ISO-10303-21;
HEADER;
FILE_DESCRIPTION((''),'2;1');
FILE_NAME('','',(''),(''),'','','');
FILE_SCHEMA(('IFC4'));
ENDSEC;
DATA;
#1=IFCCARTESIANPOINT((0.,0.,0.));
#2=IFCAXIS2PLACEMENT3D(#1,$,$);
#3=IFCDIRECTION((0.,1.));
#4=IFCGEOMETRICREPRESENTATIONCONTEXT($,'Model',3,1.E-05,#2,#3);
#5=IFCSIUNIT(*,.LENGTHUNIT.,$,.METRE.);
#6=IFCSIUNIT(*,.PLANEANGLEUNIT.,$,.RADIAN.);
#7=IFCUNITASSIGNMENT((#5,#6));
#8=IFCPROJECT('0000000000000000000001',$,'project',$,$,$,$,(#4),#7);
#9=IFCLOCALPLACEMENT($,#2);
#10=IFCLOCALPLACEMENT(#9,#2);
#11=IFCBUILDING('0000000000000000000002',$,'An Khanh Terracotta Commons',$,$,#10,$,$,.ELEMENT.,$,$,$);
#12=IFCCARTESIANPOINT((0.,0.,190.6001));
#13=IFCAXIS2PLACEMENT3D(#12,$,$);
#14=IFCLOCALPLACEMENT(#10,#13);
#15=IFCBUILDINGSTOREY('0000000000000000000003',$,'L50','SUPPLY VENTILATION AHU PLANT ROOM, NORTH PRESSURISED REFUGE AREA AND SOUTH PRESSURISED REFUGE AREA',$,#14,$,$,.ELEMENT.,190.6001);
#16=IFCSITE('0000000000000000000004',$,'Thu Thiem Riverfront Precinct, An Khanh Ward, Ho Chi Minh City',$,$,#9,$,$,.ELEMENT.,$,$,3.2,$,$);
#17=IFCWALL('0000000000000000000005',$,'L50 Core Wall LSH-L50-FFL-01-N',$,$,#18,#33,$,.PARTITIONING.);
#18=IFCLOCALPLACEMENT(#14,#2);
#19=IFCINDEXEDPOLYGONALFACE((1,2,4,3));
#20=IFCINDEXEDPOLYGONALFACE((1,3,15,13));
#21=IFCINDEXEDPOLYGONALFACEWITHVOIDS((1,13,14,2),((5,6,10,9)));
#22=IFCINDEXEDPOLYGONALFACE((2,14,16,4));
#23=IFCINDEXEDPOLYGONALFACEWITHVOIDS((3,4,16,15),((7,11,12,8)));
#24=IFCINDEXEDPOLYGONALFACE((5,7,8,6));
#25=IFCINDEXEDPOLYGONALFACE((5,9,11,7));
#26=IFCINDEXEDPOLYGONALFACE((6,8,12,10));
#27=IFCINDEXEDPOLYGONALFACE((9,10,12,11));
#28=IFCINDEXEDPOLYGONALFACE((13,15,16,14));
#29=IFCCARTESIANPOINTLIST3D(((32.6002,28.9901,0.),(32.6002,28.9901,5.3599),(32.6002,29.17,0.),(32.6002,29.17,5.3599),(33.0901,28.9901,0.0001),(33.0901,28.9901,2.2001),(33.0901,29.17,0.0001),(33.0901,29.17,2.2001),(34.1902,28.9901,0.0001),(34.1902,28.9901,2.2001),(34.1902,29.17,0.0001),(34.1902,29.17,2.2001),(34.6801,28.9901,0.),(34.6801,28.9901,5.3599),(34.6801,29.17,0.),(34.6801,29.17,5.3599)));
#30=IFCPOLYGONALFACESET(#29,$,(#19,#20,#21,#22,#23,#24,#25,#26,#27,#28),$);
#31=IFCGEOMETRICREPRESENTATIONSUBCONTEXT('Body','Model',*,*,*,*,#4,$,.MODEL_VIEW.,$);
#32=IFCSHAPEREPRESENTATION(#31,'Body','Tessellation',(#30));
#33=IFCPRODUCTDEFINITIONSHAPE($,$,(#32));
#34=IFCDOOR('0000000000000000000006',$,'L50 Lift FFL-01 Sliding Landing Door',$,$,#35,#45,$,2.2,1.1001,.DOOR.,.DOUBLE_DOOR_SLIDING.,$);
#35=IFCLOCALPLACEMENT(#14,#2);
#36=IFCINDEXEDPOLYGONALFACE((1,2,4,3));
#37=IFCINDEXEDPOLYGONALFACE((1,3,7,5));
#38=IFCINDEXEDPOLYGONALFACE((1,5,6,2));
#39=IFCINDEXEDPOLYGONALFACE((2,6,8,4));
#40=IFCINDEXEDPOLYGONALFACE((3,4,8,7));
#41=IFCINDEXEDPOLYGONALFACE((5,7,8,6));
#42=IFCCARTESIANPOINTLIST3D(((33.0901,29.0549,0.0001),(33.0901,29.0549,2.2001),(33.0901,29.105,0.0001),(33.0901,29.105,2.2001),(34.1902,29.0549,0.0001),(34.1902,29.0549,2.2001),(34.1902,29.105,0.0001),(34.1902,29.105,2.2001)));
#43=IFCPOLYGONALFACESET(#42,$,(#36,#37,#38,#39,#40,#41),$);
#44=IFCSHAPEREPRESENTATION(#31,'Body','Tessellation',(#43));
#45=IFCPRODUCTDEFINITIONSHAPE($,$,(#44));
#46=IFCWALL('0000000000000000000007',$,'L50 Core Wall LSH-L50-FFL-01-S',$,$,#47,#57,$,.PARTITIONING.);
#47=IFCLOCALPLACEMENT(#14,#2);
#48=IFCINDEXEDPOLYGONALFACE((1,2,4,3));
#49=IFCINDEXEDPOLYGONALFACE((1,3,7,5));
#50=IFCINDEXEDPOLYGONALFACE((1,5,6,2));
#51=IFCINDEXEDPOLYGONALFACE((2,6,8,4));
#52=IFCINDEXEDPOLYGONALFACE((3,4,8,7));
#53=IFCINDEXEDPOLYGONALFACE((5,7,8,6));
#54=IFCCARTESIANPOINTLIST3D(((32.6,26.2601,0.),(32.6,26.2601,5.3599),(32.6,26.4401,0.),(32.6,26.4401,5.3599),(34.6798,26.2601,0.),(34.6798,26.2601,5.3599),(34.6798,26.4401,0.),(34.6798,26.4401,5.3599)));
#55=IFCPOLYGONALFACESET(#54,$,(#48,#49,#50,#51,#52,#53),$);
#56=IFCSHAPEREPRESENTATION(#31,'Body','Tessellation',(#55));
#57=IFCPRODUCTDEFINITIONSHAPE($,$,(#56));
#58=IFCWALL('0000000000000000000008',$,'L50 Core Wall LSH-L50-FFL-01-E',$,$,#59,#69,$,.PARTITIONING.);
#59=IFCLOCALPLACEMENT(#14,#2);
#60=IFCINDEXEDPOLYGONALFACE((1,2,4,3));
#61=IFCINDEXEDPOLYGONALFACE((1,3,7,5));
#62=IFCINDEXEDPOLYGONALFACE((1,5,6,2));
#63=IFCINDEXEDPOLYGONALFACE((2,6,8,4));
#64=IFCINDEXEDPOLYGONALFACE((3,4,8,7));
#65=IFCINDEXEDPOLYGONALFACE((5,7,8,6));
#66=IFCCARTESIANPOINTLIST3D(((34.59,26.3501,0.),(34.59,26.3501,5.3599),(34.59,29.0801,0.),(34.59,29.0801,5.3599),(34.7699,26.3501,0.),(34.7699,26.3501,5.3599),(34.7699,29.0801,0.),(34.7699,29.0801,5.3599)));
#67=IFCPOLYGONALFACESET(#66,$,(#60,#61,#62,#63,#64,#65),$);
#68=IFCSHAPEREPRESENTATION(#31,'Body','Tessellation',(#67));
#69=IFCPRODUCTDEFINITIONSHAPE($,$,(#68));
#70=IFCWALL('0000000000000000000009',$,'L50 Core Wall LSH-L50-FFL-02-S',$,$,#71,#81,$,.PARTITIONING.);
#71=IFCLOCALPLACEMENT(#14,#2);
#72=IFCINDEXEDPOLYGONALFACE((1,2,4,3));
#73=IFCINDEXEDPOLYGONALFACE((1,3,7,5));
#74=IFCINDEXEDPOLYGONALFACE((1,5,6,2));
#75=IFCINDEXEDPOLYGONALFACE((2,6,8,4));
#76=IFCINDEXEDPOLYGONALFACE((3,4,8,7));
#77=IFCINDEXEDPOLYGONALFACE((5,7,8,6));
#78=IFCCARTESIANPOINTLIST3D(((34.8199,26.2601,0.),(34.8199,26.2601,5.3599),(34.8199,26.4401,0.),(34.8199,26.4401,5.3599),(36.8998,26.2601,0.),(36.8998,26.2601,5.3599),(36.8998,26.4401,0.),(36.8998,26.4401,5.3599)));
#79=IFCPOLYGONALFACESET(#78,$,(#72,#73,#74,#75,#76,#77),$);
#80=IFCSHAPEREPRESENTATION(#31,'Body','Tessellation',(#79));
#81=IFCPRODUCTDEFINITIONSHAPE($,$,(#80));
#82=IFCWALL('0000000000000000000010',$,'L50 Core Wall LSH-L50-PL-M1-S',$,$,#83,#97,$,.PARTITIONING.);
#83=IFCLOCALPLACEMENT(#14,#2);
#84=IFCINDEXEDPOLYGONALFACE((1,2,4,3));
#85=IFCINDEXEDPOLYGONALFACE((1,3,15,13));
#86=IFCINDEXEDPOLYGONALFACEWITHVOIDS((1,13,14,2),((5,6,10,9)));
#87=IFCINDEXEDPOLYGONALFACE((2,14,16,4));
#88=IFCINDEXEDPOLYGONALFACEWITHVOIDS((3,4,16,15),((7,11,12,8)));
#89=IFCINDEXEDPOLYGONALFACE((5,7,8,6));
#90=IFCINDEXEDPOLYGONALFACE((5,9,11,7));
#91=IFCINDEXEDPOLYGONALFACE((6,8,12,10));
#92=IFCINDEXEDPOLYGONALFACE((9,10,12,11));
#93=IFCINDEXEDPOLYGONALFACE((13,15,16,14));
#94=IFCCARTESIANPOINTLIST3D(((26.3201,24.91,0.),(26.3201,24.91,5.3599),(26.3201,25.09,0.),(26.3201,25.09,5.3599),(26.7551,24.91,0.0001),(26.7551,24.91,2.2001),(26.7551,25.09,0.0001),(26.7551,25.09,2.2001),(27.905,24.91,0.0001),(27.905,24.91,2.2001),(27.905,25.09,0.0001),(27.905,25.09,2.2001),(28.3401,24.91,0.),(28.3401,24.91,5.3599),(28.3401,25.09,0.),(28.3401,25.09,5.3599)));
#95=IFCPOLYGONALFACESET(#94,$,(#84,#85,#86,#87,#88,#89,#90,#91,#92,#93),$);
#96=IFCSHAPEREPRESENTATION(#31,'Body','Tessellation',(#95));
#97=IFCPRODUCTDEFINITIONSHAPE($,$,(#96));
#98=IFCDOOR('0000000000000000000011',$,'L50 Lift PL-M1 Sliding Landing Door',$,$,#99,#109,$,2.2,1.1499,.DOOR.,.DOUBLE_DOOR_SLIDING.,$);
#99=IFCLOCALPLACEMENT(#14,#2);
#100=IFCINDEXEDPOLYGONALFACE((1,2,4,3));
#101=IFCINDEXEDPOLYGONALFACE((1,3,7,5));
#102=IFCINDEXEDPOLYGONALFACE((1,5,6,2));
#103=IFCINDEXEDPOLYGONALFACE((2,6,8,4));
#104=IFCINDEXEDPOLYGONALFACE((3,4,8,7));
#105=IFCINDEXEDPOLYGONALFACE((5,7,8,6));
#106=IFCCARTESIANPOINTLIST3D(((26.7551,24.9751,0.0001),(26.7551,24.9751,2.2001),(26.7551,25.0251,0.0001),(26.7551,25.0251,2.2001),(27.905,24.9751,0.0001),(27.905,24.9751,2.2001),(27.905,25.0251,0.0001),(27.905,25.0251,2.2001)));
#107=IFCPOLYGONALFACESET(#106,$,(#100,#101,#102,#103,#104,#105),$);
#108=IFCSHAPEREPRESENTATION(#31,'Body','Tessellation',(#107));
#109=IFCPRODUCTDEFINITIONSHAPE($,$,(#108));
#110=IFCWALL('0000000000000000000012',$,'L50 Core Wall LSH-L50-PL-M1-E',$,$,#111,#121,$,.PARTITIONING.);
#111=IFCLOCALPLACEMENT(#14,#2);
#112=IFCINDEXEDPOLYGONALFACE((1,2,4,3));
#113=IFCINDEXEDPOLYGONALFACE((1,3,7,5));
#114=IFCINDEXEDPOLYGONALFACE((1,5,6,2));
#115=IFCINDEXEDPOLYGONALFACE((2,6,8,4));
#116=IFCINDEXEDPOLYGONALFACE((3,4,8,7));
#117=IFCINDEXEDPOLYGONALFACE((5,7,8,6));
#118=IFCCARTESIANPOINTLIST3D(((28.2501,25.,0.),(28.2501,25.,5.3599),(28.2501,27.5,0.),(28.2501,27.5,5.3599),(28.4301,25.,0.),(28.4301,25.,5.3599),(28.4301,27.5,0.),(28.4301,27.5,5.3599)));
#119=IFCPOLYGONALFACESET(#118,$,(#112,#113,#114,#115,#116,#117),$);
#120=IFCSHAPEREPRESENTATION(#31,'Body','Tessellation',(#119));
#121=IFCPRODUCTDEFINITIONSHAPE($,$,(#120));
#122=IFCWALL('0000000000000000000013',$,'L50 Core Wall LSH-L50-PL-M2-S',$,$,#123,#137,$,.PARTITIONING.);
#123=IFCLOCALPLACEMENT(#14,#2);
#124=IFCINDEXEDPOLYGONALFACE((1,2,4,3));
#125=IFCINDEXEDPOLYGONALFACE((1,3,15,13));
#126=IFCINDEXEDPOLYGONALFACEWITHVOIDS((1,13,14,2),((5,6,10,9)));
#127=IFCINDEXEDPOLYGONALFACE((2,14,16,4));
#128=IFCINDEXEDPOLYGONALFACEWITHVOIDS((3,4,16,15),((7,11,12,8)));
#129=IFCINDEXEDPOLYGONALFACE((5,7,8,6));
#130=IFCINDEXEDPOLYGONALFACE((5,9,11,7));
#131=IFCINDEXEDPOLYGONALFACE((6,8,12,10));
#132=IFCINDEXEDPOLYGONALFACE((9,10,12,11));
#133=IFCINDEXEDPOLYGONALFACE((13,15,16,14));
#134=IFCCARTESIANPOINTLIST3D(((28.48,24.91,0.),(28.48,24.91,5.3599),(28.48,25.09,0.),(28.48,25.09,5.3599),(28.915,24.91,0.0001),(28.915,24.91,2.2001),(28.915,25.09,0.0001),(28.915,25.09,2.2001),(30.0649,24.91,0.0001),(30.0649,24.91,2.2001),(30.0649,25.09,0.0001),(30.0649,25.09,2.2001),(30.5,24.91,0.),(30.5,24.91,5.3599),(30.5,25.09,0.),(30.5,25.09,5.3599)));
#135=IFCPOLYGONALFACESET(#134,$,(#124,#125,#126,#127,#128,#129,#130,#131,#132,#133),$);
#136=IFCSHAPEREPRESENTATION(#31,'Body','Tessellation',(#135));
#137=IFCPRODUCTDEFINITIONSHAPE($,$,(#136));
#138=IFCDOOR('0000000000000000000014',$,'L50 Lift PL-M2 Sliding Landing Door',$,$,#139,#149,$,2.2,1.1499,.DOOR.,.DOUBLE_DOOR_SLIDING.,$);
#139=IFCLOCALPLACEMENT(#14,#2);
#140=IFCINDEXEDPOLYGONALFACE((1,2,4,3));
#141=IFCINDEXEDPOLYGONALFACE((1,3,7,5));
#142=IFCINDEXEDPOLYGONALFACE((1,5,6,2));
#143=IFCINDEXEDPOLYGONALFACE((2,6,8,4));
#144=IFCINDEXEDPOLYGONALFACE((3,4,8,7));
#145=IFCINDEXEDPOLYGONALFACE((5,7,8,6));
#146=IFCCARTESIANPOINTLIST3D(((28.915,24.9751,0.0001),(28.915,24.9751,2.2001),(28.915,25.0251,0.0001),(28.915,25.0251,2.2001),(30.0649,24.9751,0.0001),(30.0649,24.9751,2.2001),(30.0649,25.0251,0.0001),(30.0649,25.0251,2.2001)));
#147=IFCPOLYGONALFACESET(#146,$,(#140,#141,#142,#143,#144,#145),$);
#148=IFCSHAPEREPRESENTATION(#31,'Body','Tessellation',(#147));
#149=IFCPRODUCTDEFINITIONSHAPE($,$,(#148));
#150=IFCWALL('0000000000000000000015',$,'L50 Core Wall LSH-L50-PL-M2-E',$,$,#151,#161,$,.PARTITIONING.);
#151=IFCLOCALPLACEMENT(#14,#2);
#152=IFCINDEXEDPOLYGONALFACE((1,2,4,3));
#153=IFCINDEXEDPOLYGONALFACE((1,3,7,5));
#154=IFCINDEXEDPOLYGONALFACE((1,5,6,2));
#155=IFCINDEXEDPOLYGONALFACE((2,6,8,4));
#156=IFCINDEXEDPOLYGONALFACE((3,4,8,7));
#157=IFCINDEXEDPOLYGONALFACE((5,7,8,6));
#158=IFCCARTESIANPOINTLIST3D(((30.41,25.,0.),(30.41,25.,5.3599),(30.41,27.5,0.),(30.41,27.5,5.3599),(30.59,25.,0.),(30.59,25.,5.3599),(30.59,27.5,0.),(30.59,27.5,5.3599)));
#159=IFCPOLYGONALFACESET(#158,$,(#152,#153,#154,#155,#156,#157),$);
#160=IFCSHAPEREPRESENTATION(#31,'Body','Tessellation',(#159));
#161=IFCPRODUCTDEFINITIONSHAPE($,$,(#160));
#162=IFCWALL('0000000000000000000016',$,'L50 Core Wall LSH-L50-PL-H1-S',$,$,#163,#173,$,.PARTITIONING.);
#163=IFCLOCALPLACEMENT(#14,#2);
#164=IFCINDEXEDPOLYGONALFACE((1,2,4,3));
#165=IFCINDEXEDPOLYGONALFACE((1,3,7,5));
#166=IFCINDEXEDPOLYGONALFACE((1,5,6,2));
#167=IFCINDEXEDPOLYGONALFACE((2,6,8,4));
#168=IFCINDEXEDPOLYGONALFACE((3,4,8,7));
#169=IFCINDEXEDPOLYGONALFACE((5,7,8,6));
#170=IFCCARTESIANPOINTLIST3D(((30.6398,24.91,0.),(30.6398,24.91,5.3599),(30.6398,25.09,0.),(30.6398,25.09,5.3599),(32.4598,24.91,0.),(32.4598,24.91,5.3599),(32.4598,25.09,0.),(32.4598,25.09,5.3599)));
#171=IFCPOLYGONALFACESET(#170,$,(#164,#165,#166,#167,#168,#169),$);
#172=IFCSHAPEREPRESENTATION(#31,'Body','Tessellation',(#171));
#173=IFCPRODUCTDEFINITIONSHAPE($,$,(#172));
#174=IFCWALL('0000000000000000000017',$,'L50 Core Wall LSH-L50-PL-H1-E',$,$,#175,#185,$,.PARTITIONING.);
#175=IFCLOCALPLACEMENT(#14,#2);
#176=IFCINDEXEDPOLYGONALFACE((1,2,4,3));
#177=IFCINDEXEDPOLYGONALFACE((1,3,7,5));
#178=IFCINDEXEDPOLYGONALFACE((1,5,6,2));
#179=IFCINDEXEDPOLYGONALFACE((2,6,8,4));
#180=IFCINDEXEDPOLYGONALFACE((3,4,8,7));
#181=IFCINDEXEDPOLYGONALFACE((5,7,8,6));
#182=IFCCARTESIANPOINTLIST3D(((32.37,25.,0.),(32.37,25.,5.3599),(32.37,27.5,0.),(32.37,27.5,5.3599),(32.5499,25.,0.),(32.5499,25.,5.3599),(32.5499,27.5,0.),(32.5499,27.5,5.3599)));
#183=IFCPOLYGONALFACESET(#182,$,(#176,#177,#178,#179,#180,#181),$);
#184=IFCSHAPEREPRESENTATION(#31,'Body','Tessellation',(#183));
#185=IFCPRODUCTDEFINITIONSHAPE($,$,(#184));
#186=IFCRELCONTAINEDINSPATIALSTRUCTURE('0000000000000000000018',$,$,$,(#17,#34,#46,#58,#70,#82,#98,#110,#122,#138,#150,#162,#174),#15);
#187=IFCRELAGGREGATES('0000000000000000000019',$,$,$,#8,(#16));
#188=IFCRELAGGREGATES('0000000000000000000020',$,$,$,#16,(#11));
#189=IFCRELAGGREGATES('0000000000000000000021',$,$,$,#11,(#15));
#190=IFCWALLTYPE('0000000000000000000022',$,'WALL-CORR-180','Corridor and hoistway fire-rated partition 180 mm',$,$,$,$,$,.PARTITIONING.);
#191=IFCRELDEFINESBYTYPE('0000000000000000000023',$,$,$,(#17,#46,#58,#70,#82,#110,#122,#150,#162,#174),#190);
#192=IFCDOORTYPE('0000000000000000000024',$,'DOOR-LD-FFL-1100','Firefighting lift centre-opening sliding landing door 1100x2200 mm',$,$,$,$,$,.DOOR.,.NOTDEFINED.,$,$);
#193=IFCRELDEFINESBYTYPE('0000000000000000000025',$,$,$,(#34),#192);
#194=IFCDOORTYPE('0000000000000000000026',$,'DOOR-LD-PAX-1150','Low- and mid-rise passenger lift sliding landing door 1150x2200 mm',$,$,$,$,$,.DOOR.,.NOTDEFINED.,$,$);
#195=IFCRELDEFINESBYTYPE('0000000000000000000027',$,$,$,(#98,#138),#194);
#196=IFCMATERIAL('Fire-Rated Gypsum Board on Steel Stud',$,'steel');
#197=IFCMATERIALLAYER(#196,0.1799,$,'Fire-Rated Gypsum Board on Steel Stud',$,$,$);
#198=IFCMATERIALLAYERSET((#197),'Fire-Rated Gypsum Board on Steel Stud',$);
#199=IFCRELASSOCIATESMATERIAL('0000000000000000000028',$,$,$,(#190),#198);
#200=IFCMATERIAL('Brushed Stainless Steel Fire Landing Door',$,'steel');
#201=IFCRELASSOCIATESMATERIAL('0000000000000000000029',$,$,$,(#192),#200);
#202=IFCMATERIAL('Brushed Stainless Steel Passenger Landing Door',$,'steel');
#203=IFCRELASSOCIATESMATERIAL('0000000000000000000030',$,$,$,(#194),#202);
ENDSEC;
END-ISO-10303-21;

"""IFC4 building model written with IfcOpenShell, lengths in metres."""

from ifc_helpers import new_model, si_unit, direction, frame, frame_2d, origin, place, context, subcontext, project, spatial, rectangle, extrude, material, layer, layer_set, type_object, element, fill, save


model = new_model("IFC4")

# Units and contexts
model_context = context("Model", 3, precision=1e-05, world=origin(), true_north=direction((0.0, 1.0)))
body_context = subcontext(model_context, "Body", "Model", "MODEL_VIEW")
ifc_project = project(units=[si_unit("LENGTHUNIT", "METRE"), si_unit("PLANEANGLEUNIT", "RADIAN")], contexts=[model_context])

# Site, building, storey
site_placement = place(None, origin())
site = spatial("IfcSite", under=ifc_project, at=site_placement, Name="Thu Thiem Riverfront Precinct, An Khanh Ward, Ho Chi Minh City", CompositionType="ELEMENT", RefElevation=3.2)
building_placement = place(site_placement, origin())
building = spatial("IfcBuilding", under=site, at=building_placement, Name="An Khanh Terracotta Commons", CompositionType="ELEMENT")
storey_placement = place(building_placement, frame((0.0, 0.0, 190.6001)))
storey = spatial("IfcBuildingStorey", under=building, at=storey_placement, Name="L50", Description="SUPPLY VENTILATION AHU PLANT ROOM, NORTH PRESSURISED REFUGE AREA AND SOUTH PRESSURISED REFUGE AREA", CompositionType="ELEMENT", Elevation=190.6001)

# Wall, opening, door
ifc_material_1 = material(Name="Fire-Rated Gypsum Board on Steel Stud", Category="steel")
ifc_layer_1 = layer(ifc_material_1, 0.1799, Name="Fire-Rated Gypsum Board on Steel Stud")
ifc_layer_set_1 = layer_set([ifc_layer_1], Name="Fire-Rated Gypsum Board on Steel Stud")
wall_type_1 = type_object("IfcWallType", Name="WALL-CORR-180", Description="Corridor and hoistway fire-rated partition 180 mm", PredefinedType="PARTITIONING", material=ifc_layer_set_1)
wall_1_placement = place(storey_placement, frame((32.6001, 29.0801, 0.0), z_axis=(0.0, 0.0, 1.0), x_axis=(1.0, 0.0, 0.0)))
wall_1 = element("IfcWall", 1, at=wall_1_placement, inside=storey, type_object=wall_type_1, Name="L50 Core Wall LSH-L50-FFL-01-N", PredefinedType="PARTITIONING", context=body_context, shape_type="SweptSolid", body=[
    extrude(rectangle(XDim=2.0798, YDim=0.1799, at=frame_2d((1.04, 0.0))), origin(), (0.0, 0.0, 1.0), 5.3599),
])
opening_1_placement = place(wall_1_placement, frame((0.49, 0.0, 0.0)))
opening_1 = element("IfcOpeningElement", 2, at=opening_1_placement, cuts=wall_1, PredefinedType="OPENING", context=body_context, shape_type="SweptSolid", body=[
    extrude(rectangle(XDim=1.1001, YDim=2.2, at=frame_2d((0.55, 1.1001))), frame((0.0, 0.0999, 0.0), z_axis=(0.0, -1.0, 0.0), x_axis=(1.0, 0.0, 0.0)), (0.0, 0.0, 1.0), 0.2),
])
ifc_material_2 = material(Name="Brushed Stainless Steel Fire Landing Door", Category="steel")
door_type_1 = type_object("IfcDoorType", Name="DOOR-LD-FFL-1100", Description="Firefighting lift centre-opening sliding landing door 1100x2200 mm", OperationType="NOTDEFINED", PredefinedType="DOOR", material=ifc_material_2)
door_1_placement = place(opening_1_placement, origin())
door_1 = element("IfcDoor", 3, at=door_1_placement, inside=storey, type_object=door_type_1, Name="L50 Lift FFL-01 Sliding Landing Door", OperationType="DOUBLE_DOOR_SLIDING", OverallHeight=2.2, OverallWidth=1.1001, PredefinedType="DOOR", context=body_context, shape_type="SweptSolid", body=[
    extrude(rectangle(XDim=1.1001, YDim=2.2, at=frame_2d((0.55, 1.1001))), frame((0.0, 0.0249, 0.0), z_axis=(0.0, -1.0, 0.0), x_axis=(1.0, 0.0, 0.0)), (0.0, 0.0, 1.0), 0.05),
])
fill(opening_1, door_1)

# Walls
wall_2_placement = place(storey_placement, frame((34.6799, 26.3501, 0.0), z_axis=(0.0, 0.0, 1.0), x_axis=(-1.0, 0.0, 0.0)))
element("IfcWall", 4, at=wall_2_placement, inside=storey, type_object=wall_type_1, Name="L50 Core Wall LSH-L50-FFL-01-S", PredefinedType="PARTITIONING", context=body_context, shape_type="SweptSolid", body=[
    extrude(rectangle(XDim=2.0798, YDim=0.1799, at=frame_2d((1.04, 0.0))), origin(), (0.0, 0.0, 1.0), 5.3599),
])
wall_3_placement = place(storey_placement, frame((34.6799, 26.3501, 0.0), z_axis=(0.0, 0.0, 1.0), x_axis=(0.0, 1.0, 0.0)))
element("IfcWall", 5, at=wall_3_placement, inside=storey, type_object=wall_type_1, Name="L50 Core Wall LSH-L50-FFL-01-E", PredefinedType="PARTITIONING", context=body_context, shape_type="SweptSolid", body=[
    extrude(rectangle(XDim=2.73, YDim=0.1799, at=frame_2d((1.365, 0.0))), origin(), (0.0, 0.0, 1.0), 5.3599),
])
wall_4_placement = place(storey_placement, frame((36.8999, 26.3501, 0.0), z_axis=(0.0, 0.0, 1.0), x_axis=(-1.0, 0.0, 0.0)))
element("IfcWall", 6, at=wall_4_placement, inside=storey, type_object=wall_type_1, Name="L50 Core Wall LSH-L50-FFL-02-S", PredefinedType="PARTITIONING", context=body_context, shape_type="SweptSolid", body=[
    extrude(rectangle(XDim=2.0798, YDim=0.1799, at=frame_2d((1.04, 0.0))), origin(), (0.0, 0.0, 1.0), 5.3599),
])

# Wall, opening, door
wall_5_placement = place(storey_placement, frame((28.3401, 25.0, 0.0), z_axis=(0.0, 0.0, 1.0), x_axis=(-1.0, 0.0, 0.0)))
wall_5 = element("IfcWall", 7, at=wall_5_placement, inside=storey, type_object=wall_type_1, Name="L50 Core Wall LSH-L50-PL-M1-S", PredefinedType="PARTITIONING", context=body_context, shape_type="SweptSolid", body=[
    extrude(rectangle(XDim=2.02, YDim=0.1799, at=frame_2d((1.01, 0.0))), origin(), (0.0, 0.0, 1.0), 5.3599),
])
opening_2_placement = place(wall_5_placement, frame((0.4351, 0.0, 0.0)))
opening_2 = element("IfcOpeningElement", 8, at=opening_2_placement, cuts=wall_5, PredefinedType="OPENING", context=body_context, shape_type="SweptSolid", body=[
    extrude(rectangle(XDim=1.1499, YDim=2.2, at=frame_2d((0.575, 1.1001))), frame((0.0, 0.0999, 0.0), z_axis=(0.0, -1.0, 0.0), x_axis=(1.0, 0.0, 0.0)), (0.0, 0.0, 1.0), 0.2),
])
ifc_material_3 = material(Name="Brushed Stainless Steel Passenger Landing Door", Category="steel")
door_type_2 = type_object("IfcDoorType", Name="DOOR-LD-PAX-1150", Description="Low- and mid-rise passenger lift sliding landing door 1150x2200 mm", OperationType="NOTDEFINED", PredefinedType="DOOR", material=ifc_material_3)
door_2_placement = place(opening_2_placement, origin())
door_2 = element("IfcDoor", 9, at=door_2_placement, inside=storey, type_object=door_type_2, Name="L50 Lift PL-M1 Sliding Landing Door", OperationType="DOUBLE_DOOR_SLIDING", OverallHeight=2.2, OverallWidth=1.1499, PredefinedType="DOOR", context=body_context, shape_type="SweptSolid", body=[
    extrude(rectangle(XDim=1.1499, YDim=2.2, at=frame_2d((0.575, 1.1001))), frame((0.0, 0.0249, 0.0), z_axis=(0.0, -1.0, 0.0), x_axis=(1.0, 0.0, 0.0)), (0.0, 0.0, 1.0), 0.05),
])
fill(opening_2, door_2)

# Wall
wall_6_placement = place(storey_placement, frame((28.3401, 25.0, 0.0), z_axis=(0.0, 0.0, 1.0), x_axis=(0.0, 1.0, 0.0)))
element("IfcWall", 10, at=wall_6_placement, inside=storey, type_object=wall_type_1, Name="L50 Core Wall LSH-L50-PL-M1-E", PredefinedType="PARTITIONING", context=body_context, shape_type="SweptSolid", body=[
    extrude(rectangle(XDim=2.5, YDim=0.1799, at=frame_2d((1.25, 0.0))), origin(), (0.0, 0.0, 1.0), 5.3599),
])

# Wall, opening, door
wall_7_placement = place(storey_placement, frame((30.5, 25.0, 0.0), z_axis=(0.0, 0.0, 1.0), x_axis=(-1.0, 0.0, 0.0)))
wall_7 = element("IfcWall", 11, at=wall_7_placement, inside=storey, type_object=wall_type_1, Name="L50 Core Wall LSH-L50-PL-M2-S", PredefinedType="PARTITIONING", context=body_context, shape_type="SweptSolid", body=[
    extrude(rectangle(XDim=2.02, YDim=0.1799, at=frame_2d((1.01, 0.0))), origin(), (0.0, 0.0, 1.0), 5.3599),
])
opening_3_placement = place(wall_7_placement, frame((0.4351, 0.0, 0.0)))
opening_3 = element("IfcOpeningElement", 12, at=opening_3_placement, cuts=wall_7, PredefinedType="OPENING", context=body_context, shape_type="SweptSolid", body=[
    extrude(rectangle(XDim=1.1499, YDim=2.2, at=frame_2d((0.575, 1.1001))), frame((0.0, 0.0999, 0.0), z_axis=(0.0, -1.0, 0.0), x_axis=(1.0, 0.0, 0.0)), (0.0, 0.0, 1.0), 0.2),
])
door_3_placement = place(opening_3_placement, origin())
door_3 = element("IfcDoor", 13, at=door_3_placement, inside=storey, type_object=door_type_2, Name="L50 Lift PL-M2 Sliding Landing Door", OperationType="DOUBLE_DOOR_SLIDING", OverallHeight=2.2, OverallWidth=1.1499, PredefinedType="DOOR", context=body_context, shape_type="SweptSolid", body=[
    extrude(rectangle(XDim=1.1499, YDim=2.2, at=frame_2d((0.575, 1.1001))), frame((0.0, 0.0249, 0.0), z_axis=(0.0, -1.0, 0.0), x_axis=(1.0, 0.0, 0.0)), (0.0, 0.0, 1.0), 0.05),
])
fill(opening_3, door_3)

# Walls
wall_8_placement = place(storey_placement, frame((30.5, 25.0, 0.0), z_axis=(0.0, 0.0, 1.0), x_axis=(0.0, 1.0, 0.0)))
element("IfcWall", 14, at=wall_8_placement, inside=storey, type_object=wall_type_1, Name="L50 Core Wall LSH-L50-PL-M2-E", PredefinedType="PARTITIONING", context=body_context, shape_type="SweptSolid", body=[
    extrude(rectangle(XDim=2.5, YDim=0.1799, at=frame_2d((1.25, 0.0))), origin(), (0.0, 0.0, 1.0), 5.3599),
])
wall_9_placement = place(storey_placement, frame((32.46, 25.0, 0.0), z_axis=(0.0, 0.0, 1.0), x_axis=(-1.0, 0.0, 0.0)))
element("IfcWall", 15, at=wall_9_placement, inside=storey, type_object=wall_type_1, Name="L50 Core Wall LSH-L50-PL-H1-S", PredefinedType="PARTITIONING", context=body_context, shape_type="SweptSolid", body=[
    extrude(rectangle(XDim=1.8201, YDim=0.1799, at=frame_2d((0.9102, 0.0))), origin(), (0.0, 0.0, 1.0), 5.3599),
])
wall_10_placement = place(storey_placement, frame((32.46, 25.0, 0.0), z_axis=(0.0, 0.0, 1.0), x_axis=(0.0, 1.0, 0.0)))
element("IfcWall", 16, at=wall_10_placement, inside=storey, type_object=wall_type_1, Name="L50 Core Wall LSH-L50-PL-H1-E", PredefinedType="PARTITIONING", context=body_context, shape_type="SweptSolid", body=[
    extrude(rectangle(XDim=2.5, YDim=0.1799, at=frame_2d((1.25, 0.0))), origin(), (0.0, 0.0, 1.0), 5.3599),
])

save(model, "model.ifc")
